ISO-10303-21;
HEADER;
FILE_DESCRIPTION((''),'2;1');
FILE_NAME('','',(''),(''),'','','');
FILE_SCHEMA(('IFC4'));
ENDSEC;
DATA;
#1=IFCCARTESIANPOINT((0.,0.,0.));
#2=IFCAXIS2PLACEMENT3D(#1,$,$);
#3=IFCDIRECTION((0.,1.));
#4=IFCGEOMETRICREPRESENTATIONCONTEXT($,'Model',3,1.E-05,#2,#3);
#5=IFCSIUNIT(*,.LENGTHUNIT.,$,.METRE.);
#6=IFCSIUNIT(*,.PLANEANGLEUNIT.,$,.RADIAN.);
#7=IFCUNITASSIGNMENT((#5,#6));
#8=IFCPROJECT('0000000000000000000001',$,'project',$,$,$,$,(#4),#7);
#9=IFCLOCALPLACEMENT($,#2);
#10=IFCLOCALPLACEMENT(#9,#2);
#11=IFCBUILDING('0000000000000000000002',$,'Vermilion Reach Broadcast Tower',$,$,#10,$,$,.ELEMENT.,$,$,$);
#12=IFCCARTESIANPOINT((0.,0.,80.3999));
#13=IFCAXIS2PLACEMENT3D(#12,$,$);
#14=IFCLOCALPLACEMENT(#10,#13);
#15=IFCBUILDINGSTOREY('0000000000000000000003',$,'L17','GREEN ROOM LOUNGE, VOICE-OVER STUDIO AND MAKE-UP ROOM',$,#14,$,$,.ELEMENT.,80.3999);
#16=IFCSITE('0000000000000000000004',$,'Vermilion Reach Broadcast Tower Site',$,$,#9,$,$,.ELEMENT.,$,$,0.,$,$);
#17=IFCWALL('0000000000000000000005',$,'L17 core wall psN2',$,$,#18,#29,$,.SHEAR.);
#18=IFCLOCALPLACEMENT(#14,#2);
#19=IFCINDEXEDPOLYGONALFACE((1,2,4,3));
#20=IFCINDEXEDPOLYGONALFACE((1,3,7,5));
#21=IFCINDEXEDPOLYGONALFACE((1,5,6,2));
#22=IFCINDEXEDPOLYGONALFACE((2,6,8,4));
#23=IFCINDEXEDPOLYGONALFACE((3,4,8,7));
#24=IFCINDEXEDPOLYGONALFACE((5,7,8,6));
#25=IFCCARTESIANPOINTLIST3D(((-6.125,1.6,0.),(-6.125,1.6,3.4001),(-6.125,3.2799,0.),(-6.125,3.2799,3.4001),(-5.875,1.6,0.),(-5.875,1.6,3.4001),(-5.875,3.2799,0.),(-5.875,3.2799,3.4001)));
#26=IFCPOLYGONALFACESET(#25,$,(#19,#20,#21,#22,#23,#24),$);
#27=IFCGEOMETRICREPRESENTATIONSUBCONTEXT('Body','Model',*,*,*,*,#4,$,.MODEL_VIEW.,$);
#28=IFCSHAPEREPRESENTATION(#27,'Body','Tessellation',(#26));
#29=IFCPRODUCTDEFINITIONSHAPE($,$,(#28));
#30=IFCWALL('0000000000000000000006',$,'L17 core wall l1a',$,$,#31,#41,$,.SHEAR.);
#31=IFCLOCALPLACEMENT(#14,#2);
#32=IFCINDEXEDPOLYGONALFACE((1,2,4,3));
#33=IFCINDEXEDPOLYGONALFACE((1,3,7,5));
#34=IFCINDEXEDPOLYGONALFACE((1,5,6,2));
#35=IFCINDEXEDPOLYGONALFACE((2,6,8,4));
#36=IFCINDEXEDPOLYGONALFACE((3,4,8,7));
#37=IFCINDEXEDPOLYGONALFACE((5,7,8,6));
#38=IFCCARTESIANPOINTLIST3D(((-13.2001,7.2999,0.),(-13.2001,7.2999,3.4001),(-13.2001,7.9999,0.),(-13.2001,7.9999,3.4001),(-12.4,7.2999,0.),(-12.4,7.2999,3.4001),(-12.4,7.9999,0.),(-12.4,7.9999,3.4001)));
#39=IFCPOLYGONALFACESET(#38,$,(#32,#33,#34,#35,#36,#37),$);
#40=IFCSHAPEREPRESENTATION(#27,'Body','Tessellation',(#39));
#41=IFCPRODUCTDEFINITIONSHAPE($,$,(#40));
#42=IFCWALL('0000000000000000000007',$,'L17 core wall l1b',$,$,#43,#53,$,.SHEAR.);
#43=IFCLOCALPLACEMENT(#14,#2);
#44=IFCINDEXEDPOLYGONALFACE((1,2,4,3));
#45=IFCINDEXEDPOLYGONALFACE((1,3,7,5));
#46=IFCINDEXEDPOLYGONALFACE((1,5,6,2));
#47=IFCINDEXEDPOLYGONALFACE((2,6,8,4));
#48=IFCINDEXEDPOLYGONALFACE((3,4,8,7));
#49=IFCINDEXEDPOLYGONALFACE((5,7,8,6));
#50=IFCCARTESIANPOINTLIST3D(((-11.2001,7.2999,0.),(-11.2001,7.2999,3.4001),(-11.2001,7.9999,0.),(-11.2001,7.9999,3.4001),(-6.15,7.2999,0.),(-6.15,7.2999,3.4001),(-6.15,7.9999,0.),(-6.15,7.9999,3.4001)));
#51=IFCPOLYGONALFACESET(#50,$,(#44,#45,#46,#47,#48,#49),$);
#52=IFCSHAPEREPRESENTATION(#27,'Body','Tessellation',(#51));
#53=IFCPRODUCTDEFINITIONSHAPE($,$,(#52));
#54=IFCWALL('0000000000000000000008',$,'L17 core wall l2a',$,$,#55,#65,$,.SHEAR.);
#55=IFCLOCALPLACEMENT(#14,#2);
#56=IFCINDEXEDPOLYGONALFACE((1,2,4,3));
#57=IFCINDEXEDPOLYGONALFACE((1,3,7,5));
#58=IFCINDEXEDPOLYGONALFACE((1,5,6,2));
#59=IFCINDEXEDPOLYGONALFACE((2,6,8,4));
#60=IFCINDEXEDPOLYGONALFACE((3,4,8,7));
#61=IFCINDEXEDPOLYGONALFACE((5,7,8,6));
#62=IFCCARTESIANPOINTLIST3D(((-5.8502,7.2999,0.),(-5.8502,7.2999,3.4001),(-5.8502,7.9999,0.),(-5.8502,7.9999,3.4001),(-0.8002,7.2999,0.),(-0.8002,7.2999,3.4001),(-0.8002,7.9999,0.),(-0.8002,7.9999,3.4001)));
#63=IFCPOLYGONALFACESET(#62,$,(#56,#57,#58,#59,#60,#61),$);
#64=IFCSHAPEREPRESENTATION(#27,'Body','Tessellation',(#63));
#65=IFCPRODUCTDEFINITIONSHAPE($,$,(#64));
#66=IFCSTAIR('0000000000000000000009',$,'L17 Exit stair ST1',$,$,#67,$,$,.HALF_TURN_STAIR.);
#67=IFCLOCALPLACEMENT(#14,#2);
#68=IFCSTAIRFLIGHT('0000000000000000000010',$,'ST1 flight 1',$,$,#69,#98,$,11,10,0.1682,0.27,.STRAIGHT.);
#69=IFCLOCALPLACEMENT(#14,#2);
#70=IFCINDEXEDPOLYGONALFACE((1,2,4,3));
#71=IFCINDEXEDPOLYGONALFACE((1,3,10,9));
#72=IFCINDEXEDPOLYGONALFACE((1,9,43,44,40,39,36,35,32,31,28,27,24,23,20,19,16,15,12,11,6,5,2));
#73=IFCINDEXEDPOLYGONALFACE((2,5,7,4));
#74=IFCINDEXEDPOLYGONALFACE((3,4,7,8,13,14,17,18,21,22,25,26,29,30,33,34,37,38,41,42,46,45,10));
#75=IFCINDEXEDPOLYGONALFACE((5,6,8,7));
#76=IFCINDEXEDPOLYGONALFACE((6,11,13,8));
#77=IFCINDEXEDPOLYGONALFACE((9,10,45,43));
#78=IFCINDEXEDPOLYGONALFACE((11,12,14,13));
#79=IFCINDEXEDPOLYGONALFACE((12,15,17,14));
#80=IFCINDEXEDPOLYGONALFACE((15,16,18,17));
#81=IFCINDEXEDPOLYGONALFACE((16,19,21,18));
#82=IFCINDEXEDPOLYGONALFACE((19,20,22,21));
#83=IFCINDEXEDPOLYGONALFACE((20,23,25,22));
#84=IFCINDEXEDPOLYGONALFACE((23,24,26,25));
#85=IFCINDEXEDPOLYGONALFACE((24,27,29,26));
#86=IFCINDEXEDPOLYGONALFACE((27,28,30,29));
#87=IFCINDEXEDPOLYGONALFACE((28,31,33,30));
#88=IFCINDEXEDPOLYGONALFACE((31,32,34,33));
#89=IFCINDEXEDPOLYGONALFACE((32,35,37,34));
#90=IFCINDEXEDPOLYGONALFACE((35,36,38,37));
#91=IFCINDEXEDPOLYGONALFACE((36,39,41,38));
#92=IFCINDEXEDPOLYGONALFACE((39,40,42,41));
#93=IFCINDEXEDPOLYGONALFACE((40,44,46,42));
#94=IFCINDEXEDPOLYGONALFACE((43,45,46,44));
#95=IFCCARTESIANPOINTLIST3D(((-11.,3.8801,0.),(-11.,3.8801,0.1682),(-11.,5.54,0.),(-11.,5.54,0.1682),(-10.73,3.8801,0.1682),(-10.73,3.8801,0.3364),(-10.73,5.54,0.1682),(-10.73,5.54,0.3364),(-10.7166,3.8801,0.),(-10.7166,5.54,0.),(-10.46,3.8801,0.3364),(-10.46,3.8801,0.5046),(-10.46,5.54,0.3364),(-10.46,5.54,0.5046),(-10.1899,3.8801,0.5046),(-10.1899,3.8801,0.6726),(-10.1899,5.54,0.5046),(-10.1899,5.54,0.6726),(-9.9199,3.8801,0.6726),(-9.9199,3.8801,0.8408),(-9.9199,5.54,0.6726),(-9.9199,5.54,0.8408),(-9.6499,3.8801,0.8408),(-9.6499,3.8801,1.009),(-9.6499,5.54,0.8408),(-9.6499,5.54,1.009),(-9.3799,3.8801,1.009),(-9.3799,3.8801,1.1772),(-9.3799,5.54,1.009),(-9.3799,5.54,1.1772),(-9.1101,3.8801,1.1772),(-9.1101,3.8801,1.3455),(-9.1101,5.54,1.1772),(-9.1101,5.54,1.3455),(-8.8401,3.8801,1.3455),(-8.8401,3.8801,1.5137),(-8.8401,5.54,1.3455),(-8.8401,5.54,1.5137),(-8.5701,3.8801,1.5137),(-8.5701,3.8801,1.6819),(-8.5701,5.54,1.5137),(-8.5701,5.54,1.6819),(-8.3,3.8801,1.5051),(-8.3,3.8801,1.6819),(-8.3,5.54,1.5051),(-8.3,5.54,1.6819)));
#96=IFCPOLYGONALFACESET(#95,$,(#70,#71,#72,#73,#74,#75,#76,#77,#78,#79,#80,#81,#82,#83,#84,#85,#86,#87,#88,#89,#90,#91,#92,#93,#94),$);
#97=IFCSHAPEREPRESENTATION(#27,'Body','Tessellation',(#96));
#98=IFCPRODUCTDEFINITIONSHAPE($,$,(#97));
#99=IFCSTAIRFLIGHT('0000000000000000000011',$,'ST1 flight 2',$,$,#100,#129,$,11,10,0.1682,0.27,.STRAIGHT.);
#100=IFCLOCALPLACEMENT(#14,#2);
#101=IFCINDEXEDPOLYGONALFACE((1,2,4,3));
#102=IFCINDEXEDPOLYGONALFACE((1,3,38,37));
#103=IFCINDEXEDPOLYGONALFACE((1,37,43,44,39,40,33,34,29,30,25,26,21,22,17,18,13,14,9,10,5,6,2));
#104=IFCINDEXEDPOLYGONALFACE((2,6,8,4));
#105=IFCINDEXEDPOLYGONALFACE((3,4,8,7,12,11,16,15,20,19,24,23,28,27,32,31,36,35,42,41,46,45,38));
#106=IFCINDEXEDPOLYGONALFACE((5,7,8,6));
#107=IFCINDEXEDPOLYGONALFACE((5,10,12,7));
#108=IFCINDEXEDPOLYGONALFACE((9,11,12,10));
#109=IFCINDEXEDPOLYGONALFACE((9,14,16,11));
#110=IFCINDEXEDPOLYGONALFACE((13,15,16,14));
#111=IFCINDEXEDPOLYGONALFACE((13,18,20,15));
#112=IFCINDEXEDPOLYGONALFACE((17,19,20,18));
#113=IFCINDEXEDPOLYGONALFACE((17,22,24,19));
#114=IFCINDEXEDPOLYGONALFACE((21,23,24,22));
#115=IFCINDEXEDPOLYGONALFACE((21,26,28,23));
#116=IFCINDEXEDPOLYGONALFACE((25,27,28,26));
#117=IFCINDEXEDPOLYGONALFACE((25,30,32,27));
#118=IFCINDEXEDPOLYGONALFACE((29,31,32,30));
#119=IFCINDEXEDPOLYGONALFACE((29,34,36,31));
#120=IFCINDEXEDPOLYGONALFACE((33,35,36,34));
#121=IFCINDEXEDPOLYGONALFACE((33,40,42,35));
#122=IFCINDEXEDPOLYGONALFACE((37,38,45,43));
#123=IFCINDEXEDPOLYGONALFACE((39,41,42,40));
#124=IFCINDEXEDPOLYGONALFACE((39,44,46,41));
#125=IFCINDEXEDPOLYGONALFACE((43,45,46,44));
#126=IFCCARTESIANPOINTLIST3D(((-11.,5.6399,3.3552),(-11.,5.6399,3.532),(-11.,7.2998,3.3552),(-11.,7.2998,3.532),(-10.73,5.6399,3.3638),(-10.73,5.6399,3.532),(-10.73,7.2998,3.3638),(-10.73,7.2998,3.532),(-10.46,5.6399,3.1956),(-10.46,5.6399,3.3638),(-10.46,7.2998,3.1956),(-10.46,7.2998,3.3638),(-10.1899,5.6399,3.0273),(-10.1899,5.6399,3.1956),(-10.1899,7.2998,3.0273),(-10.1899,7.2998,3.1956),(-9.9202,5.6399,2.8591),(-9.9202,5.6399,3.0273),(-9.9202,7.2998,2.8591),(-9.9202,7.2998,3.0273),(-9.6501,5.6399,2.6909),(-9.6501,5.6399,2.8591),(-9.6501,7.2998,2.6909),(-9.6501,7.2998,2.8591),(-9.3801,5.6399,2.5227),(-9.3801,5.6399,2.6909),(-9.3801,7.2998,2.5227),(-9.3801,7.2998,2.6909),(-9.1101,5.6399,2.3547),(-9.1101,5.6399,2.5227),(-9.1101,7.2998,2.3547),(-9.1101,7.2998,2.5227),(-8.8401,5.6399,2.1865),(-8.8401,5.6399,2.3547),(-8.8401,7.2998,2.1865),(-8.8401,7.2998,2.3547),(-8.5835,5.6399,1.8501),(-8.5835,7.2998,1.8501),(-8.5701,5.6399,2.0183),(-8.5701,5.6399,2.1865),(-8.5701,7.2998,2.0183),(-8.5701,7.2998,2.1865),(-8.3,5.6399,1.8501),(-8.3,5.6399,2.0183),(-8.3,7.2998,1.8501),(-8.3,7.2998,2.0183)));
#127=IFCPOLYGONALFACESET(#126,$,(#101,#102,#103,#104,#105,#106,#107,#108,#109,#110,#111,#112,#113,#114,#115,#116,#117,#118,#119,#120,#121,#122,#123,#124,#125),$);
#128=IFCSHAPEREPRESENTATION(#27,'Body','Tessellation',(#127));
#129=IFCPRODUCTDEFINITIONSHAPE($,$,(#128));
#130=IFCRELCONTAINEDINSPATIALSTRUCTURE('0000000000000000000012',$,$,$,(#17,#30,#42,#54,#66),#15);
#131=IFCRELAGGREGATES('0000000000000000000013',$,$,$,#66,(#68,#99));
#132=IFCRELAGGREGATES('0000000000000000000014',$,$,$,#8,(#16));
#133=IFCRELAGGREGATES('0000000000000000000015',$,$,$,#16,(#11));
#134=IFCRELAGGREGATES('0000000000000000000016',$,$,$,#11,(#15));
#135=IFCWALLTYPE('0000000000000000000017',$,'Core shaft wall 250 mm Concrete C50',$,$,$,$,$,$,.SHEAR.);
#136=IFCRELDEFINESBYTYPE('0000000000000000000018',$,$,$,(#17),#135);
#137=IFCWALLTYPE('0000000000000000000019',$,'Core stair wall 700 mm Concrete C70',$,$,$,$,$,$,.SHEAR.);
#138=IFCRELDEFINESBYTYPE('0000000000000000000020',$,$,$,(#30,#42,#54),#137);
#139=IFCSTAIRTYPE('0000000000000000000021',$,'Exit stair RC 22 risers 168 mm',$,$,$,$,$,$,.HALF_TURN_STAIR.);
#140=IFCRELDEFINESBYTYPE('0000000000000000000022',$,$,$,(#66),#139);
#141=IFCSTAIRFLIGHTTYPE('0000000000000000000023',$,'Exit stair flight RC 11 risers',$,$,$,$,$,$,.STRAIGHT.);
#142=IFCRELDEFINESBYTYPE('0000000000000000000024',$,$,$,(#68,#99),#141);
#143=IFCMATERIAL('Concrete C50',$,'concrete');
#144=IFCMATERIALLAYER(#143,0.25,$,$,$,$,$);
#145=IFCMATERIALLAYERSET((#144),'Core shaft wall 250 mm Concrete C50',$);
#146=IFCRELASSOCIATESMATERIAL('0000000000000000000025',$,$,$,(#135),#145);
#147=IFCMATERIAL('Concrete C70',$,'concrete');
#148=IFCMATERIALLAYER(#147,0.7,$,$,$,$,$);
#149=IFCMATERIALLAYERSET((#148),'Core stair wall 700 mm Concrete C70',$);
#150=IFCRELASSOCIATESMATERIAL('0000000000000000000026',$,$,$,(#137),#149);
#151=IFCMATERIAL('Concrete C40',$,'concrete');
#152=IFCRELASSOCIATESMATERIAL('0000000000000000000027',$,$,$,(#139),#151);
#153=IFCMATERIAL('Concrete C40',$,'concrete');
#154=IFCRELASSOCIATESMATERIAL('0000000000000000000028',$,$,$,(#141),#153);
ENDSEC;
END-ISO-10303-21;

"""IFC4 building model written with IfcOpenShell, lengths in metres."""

from ifc_helpers import new_model, si_unit, direction, frame, frame_2d, origin, place, context, subcontext, project, spatial, polyline, rectangle, outline, extrude, material, layer, layer_set, type_object, element, aggregate, save


model = new_model("IFC4")

# Units and contexts
model_context = context("Model", 3, precision=1e-05, world=origin(), true_north=direction((0.0, 1.0)))
body_context = subcontext(model_context, "Body", "Model", "MODEL_VIEW")
ifc_project = project(units=[si_unit("LENGTHUNIT", "METRE"), si_unit("PLANEANGLEUNIT", "RADIAN")], contexts=[model_context])

# Site, building, storey
site_placement = place(None, origin())
site = spatial("IfcSite", under=ifc_project, at=site_placement, Name="Vermilion Reach Broadcast Tower Site", CompositionType="ELEMENT", RefElevation=0.0)
building_placement = place(site_placement, origin())
building = spatial("IfcBuilding", under=site, at=building_placement, Name="Vermilion Reach Broadcast Tower", CompositionType="ELEMENT")
storey_placement = place(building_placement, frame((0.0, 0.0, 80.3999)))
storey = spatial("IfcBuildingStorey", under=building, at=storey_placement, Name="L17", Description="GREEN ROOM LOUNGE, VOICE-OVER STUDIO AND MAKE-UP ROOM", CompositionType="ELEMENT", Elevation=80.3999)

# Walls
ifc_material_1 = material(Name="Concrete C50", Category="concrete")
ifc_layer_1 = layer(ifc_material_1, 0.25)
ifc_layer_set_1 = layer_set([ifc_layer_1], Name="Core shaft wall 250 mm Concrete C50")
wall_type_1 = type_object("IfcWallType", Name="Core shaft wall 250 mm Concrete C50", PredefinedType="SHEAR", material=ifc_layer_set_1)
for number, where, z_axis, x_axis, name in (
    (1, (-6.0, 1.6001, 0.0), (0.0, 0.0, 1.0), (0.0, 1.0, 0.0), "L17 core wall psN2"),
):
    element("IfcWall", number, at=place(storey_placement, frame(where, z_axis=z_axis, x_axis=x_axis)), inside=storey, type_object=wall_type_1, Name=name, PredefinedType="SHEAR", context=body_context, shape_type="SweptSolid", body=[
        extrude(rectangle(XDim=1.6799, YDim=0.25, at=frame_2d((0.8398, 0.0))), origin(), (0.0, 0.0, 1.0), 3.4001),
    ])
ifc_material_2 = material(Name="Concrete C70", Category="concrete")
ifc_layer_2 = layer(ifc_material_2, 0.7)
ifc_layer_set_2 = layer_set([ifc_layer_2], Name="Core stair wall 700 mm Concrete C70")
wall_type_2 = type_object("IfcWallType", Name="Core stair wall 700 mm Concrete C70", PredefinedType="SHEAR", material=ifc_layer_set_2)
wall_1_placement = place(storey_placement, frame((-13.2, 7.6499, 0.0), z_axis=(0.0, 0.0, 1.0), x_axis=(1.0, 0.0, 0.0)))
element("IfcWall", 2, at=wall_1_placement, inside=storey, type_object=wall_type_2, Name="L17 core wall l1a", PredefinedType="SHEAR", context=body_context, shape_type="SweptSolid", body=[
    extrude(rectangle(XDim=0.8, YDim=0.7, at=frame_2d((0.3999, 0.0))), origin(), (0.0, 0.0, 1.0), 3.4001),
])
for number, where, z_axis, x_axis, name in (
    (3, (-11.2, 7.6499, 0.0), (0.0, 0.0, 1.0), (1.0, 0.0, 0.0), "L17 core wall l1b"),
    (4, (-5.8501, 7.6499, 0.0), (0.0, 0.0, 1.0), (1.0, 0.0, 0.0), "L17 core wall l2a"),
):
    element("IfcWall", number, at=place(storey_placement, frame(where, z_axis=z_axis, x_axis=x_axis)), inside=storey, type_object=wall_type_2, Name=name, PredefinedType="SHEAR", context=body_context, shape_type="SweptSolid", body=[
        extrude(rectangle(XDim=5.05, YDim=0.7, at=frame_2d((2.5249, 0.0))), origin(), (0.0, 0.0, 1.0), 3.4001),
    ])

# Stair, stair flights
ifc_material_3 = material(Name="Concrete C40", Category="concrete")
stair_type = type_object("IfcStairType", Name="Exit stair RC 22 risers 168 mm", PredefinedType="HALF_TURN_STAIR", material=ifc_material_3)
stair_placement = place(storey_placement, origin())
stair = element("IfcStair", 5, at=stair_placement, inside=storey, type_object=stair_type, Name="L17 Exit stair ST1", PredefinedType="HALF_TURN_STAIR")
ifc_material_4 = material(Name="Concrete C40", Category="concrete")
stair_flight_type = type_object("IfcStairFlightType", Name="Exit stair flight RC 11 risers", PredefinedType="STRAIGHT", material=ifc_material_4)
stair_flight_1_placement = place(storey_placement, frame((-11.0, 4.71, 0.0), z_axis=(0.0, 0.0, 1.0), x_axis=(1.0, 0.0, 0.0)))
stair_flight_1 = element("IfcStairFlight", 6, at=stair_flight_1_placement, type_object=stair_flight_type, Name="ST1 flight 1", NumberOfRisers=11, NumberOfTreads=10, PredefinedType="STRAIGHT", RiserHeight=0.1682, TreadLength=0.27, context=body_context, shape_type="SweptSolid", body=[
    extrude(outline(polyline([(0.0, 0.0), (0.0, 0.1682), (0.27, 0.1682), (0.27, 0.3364), (0.54, 0.3364), (0.54, 0.5046), (0.8101, 0.5046), (0.8101, 0.6726), (1.0801, 0.6726), (1.0801, 0.8408), (1.3501, 0.8408), (1.3501, 1.009), (1.6201, 1.009), (1.6201, 1.1772), (1.8899, 1.1772), (1.8899, 1.3455), (2.1599, 1.3455), (2.1599, 1.5137), (2.4299, 1.5137), (2.4299, 1.6819), (2.7, 1.6819), (2.7, 1.8501), (2.7, 1.5051), (0.2834, 0.0), (0.0, 0.0)])), frame((0.0, 0.8301, 0.0), z_axis=(0.0, -1.0, 0.0), x_axis=(1.0, 0.0, 0.0)), (0.0, 0.0, 1.0), 1.6599),
])
stair_flight_2_placement = place(storey_placement, frame((-8.3, 6.47, 1.8501), z_axis=(0.0, 0.0, 1.0), x_axis=(-1.0, 0.0, 0.0)))
stair_flight_2 = element("IfcStairFlight", 7, at=stair_flight_2_placement, type_object=stair_flight_type, Name="ST1 flight 2", NumberOfRisers=11, NumberOfTreads=10, PredefinedType="STRAIGHT", RiserHeight=0.1682, TreadLength=0.27, context=body_context, shape_type="SweptSolid", body=[
    extrude(outline(polyline([(0.0, 0.0), (0.0, 0.1682), (0.27, 0.1682), (0.27, 0.3364), (0.54, 0.3364), (0.54, 0.5046), (0.8101, 0.5046), (0.8101, 0.6726), (1.0801, 0.6726), (1.0801, 0.8408), (1.3501, 0.8408), (1.3501, 1.009), (1.6201, 1.009), (1.6201, 1.1772), (1.8899, 1.1772), (1.8899, 1.3455), (2.1599, 1.3455), (2.1599, 1.5137), (2.4299, 1.5137), (2.4299, 1.6819), (2.7, 1.6819), (2.7, 1.8501), (2.7, 1.5051), (0.2834, 0.0), (0.0, 0.0)])), frame((0.0, 0.8301, 0.0), z_axis=(0.0, -1.0, 0.0), x_axis=(1.0, 0.0, 0.0)), (0.0, 0.0, 1.0), 1.6599),
])
aggregate(stair, [stair_flight_1, stair_flight_2])

save(model, "model.ifc")
